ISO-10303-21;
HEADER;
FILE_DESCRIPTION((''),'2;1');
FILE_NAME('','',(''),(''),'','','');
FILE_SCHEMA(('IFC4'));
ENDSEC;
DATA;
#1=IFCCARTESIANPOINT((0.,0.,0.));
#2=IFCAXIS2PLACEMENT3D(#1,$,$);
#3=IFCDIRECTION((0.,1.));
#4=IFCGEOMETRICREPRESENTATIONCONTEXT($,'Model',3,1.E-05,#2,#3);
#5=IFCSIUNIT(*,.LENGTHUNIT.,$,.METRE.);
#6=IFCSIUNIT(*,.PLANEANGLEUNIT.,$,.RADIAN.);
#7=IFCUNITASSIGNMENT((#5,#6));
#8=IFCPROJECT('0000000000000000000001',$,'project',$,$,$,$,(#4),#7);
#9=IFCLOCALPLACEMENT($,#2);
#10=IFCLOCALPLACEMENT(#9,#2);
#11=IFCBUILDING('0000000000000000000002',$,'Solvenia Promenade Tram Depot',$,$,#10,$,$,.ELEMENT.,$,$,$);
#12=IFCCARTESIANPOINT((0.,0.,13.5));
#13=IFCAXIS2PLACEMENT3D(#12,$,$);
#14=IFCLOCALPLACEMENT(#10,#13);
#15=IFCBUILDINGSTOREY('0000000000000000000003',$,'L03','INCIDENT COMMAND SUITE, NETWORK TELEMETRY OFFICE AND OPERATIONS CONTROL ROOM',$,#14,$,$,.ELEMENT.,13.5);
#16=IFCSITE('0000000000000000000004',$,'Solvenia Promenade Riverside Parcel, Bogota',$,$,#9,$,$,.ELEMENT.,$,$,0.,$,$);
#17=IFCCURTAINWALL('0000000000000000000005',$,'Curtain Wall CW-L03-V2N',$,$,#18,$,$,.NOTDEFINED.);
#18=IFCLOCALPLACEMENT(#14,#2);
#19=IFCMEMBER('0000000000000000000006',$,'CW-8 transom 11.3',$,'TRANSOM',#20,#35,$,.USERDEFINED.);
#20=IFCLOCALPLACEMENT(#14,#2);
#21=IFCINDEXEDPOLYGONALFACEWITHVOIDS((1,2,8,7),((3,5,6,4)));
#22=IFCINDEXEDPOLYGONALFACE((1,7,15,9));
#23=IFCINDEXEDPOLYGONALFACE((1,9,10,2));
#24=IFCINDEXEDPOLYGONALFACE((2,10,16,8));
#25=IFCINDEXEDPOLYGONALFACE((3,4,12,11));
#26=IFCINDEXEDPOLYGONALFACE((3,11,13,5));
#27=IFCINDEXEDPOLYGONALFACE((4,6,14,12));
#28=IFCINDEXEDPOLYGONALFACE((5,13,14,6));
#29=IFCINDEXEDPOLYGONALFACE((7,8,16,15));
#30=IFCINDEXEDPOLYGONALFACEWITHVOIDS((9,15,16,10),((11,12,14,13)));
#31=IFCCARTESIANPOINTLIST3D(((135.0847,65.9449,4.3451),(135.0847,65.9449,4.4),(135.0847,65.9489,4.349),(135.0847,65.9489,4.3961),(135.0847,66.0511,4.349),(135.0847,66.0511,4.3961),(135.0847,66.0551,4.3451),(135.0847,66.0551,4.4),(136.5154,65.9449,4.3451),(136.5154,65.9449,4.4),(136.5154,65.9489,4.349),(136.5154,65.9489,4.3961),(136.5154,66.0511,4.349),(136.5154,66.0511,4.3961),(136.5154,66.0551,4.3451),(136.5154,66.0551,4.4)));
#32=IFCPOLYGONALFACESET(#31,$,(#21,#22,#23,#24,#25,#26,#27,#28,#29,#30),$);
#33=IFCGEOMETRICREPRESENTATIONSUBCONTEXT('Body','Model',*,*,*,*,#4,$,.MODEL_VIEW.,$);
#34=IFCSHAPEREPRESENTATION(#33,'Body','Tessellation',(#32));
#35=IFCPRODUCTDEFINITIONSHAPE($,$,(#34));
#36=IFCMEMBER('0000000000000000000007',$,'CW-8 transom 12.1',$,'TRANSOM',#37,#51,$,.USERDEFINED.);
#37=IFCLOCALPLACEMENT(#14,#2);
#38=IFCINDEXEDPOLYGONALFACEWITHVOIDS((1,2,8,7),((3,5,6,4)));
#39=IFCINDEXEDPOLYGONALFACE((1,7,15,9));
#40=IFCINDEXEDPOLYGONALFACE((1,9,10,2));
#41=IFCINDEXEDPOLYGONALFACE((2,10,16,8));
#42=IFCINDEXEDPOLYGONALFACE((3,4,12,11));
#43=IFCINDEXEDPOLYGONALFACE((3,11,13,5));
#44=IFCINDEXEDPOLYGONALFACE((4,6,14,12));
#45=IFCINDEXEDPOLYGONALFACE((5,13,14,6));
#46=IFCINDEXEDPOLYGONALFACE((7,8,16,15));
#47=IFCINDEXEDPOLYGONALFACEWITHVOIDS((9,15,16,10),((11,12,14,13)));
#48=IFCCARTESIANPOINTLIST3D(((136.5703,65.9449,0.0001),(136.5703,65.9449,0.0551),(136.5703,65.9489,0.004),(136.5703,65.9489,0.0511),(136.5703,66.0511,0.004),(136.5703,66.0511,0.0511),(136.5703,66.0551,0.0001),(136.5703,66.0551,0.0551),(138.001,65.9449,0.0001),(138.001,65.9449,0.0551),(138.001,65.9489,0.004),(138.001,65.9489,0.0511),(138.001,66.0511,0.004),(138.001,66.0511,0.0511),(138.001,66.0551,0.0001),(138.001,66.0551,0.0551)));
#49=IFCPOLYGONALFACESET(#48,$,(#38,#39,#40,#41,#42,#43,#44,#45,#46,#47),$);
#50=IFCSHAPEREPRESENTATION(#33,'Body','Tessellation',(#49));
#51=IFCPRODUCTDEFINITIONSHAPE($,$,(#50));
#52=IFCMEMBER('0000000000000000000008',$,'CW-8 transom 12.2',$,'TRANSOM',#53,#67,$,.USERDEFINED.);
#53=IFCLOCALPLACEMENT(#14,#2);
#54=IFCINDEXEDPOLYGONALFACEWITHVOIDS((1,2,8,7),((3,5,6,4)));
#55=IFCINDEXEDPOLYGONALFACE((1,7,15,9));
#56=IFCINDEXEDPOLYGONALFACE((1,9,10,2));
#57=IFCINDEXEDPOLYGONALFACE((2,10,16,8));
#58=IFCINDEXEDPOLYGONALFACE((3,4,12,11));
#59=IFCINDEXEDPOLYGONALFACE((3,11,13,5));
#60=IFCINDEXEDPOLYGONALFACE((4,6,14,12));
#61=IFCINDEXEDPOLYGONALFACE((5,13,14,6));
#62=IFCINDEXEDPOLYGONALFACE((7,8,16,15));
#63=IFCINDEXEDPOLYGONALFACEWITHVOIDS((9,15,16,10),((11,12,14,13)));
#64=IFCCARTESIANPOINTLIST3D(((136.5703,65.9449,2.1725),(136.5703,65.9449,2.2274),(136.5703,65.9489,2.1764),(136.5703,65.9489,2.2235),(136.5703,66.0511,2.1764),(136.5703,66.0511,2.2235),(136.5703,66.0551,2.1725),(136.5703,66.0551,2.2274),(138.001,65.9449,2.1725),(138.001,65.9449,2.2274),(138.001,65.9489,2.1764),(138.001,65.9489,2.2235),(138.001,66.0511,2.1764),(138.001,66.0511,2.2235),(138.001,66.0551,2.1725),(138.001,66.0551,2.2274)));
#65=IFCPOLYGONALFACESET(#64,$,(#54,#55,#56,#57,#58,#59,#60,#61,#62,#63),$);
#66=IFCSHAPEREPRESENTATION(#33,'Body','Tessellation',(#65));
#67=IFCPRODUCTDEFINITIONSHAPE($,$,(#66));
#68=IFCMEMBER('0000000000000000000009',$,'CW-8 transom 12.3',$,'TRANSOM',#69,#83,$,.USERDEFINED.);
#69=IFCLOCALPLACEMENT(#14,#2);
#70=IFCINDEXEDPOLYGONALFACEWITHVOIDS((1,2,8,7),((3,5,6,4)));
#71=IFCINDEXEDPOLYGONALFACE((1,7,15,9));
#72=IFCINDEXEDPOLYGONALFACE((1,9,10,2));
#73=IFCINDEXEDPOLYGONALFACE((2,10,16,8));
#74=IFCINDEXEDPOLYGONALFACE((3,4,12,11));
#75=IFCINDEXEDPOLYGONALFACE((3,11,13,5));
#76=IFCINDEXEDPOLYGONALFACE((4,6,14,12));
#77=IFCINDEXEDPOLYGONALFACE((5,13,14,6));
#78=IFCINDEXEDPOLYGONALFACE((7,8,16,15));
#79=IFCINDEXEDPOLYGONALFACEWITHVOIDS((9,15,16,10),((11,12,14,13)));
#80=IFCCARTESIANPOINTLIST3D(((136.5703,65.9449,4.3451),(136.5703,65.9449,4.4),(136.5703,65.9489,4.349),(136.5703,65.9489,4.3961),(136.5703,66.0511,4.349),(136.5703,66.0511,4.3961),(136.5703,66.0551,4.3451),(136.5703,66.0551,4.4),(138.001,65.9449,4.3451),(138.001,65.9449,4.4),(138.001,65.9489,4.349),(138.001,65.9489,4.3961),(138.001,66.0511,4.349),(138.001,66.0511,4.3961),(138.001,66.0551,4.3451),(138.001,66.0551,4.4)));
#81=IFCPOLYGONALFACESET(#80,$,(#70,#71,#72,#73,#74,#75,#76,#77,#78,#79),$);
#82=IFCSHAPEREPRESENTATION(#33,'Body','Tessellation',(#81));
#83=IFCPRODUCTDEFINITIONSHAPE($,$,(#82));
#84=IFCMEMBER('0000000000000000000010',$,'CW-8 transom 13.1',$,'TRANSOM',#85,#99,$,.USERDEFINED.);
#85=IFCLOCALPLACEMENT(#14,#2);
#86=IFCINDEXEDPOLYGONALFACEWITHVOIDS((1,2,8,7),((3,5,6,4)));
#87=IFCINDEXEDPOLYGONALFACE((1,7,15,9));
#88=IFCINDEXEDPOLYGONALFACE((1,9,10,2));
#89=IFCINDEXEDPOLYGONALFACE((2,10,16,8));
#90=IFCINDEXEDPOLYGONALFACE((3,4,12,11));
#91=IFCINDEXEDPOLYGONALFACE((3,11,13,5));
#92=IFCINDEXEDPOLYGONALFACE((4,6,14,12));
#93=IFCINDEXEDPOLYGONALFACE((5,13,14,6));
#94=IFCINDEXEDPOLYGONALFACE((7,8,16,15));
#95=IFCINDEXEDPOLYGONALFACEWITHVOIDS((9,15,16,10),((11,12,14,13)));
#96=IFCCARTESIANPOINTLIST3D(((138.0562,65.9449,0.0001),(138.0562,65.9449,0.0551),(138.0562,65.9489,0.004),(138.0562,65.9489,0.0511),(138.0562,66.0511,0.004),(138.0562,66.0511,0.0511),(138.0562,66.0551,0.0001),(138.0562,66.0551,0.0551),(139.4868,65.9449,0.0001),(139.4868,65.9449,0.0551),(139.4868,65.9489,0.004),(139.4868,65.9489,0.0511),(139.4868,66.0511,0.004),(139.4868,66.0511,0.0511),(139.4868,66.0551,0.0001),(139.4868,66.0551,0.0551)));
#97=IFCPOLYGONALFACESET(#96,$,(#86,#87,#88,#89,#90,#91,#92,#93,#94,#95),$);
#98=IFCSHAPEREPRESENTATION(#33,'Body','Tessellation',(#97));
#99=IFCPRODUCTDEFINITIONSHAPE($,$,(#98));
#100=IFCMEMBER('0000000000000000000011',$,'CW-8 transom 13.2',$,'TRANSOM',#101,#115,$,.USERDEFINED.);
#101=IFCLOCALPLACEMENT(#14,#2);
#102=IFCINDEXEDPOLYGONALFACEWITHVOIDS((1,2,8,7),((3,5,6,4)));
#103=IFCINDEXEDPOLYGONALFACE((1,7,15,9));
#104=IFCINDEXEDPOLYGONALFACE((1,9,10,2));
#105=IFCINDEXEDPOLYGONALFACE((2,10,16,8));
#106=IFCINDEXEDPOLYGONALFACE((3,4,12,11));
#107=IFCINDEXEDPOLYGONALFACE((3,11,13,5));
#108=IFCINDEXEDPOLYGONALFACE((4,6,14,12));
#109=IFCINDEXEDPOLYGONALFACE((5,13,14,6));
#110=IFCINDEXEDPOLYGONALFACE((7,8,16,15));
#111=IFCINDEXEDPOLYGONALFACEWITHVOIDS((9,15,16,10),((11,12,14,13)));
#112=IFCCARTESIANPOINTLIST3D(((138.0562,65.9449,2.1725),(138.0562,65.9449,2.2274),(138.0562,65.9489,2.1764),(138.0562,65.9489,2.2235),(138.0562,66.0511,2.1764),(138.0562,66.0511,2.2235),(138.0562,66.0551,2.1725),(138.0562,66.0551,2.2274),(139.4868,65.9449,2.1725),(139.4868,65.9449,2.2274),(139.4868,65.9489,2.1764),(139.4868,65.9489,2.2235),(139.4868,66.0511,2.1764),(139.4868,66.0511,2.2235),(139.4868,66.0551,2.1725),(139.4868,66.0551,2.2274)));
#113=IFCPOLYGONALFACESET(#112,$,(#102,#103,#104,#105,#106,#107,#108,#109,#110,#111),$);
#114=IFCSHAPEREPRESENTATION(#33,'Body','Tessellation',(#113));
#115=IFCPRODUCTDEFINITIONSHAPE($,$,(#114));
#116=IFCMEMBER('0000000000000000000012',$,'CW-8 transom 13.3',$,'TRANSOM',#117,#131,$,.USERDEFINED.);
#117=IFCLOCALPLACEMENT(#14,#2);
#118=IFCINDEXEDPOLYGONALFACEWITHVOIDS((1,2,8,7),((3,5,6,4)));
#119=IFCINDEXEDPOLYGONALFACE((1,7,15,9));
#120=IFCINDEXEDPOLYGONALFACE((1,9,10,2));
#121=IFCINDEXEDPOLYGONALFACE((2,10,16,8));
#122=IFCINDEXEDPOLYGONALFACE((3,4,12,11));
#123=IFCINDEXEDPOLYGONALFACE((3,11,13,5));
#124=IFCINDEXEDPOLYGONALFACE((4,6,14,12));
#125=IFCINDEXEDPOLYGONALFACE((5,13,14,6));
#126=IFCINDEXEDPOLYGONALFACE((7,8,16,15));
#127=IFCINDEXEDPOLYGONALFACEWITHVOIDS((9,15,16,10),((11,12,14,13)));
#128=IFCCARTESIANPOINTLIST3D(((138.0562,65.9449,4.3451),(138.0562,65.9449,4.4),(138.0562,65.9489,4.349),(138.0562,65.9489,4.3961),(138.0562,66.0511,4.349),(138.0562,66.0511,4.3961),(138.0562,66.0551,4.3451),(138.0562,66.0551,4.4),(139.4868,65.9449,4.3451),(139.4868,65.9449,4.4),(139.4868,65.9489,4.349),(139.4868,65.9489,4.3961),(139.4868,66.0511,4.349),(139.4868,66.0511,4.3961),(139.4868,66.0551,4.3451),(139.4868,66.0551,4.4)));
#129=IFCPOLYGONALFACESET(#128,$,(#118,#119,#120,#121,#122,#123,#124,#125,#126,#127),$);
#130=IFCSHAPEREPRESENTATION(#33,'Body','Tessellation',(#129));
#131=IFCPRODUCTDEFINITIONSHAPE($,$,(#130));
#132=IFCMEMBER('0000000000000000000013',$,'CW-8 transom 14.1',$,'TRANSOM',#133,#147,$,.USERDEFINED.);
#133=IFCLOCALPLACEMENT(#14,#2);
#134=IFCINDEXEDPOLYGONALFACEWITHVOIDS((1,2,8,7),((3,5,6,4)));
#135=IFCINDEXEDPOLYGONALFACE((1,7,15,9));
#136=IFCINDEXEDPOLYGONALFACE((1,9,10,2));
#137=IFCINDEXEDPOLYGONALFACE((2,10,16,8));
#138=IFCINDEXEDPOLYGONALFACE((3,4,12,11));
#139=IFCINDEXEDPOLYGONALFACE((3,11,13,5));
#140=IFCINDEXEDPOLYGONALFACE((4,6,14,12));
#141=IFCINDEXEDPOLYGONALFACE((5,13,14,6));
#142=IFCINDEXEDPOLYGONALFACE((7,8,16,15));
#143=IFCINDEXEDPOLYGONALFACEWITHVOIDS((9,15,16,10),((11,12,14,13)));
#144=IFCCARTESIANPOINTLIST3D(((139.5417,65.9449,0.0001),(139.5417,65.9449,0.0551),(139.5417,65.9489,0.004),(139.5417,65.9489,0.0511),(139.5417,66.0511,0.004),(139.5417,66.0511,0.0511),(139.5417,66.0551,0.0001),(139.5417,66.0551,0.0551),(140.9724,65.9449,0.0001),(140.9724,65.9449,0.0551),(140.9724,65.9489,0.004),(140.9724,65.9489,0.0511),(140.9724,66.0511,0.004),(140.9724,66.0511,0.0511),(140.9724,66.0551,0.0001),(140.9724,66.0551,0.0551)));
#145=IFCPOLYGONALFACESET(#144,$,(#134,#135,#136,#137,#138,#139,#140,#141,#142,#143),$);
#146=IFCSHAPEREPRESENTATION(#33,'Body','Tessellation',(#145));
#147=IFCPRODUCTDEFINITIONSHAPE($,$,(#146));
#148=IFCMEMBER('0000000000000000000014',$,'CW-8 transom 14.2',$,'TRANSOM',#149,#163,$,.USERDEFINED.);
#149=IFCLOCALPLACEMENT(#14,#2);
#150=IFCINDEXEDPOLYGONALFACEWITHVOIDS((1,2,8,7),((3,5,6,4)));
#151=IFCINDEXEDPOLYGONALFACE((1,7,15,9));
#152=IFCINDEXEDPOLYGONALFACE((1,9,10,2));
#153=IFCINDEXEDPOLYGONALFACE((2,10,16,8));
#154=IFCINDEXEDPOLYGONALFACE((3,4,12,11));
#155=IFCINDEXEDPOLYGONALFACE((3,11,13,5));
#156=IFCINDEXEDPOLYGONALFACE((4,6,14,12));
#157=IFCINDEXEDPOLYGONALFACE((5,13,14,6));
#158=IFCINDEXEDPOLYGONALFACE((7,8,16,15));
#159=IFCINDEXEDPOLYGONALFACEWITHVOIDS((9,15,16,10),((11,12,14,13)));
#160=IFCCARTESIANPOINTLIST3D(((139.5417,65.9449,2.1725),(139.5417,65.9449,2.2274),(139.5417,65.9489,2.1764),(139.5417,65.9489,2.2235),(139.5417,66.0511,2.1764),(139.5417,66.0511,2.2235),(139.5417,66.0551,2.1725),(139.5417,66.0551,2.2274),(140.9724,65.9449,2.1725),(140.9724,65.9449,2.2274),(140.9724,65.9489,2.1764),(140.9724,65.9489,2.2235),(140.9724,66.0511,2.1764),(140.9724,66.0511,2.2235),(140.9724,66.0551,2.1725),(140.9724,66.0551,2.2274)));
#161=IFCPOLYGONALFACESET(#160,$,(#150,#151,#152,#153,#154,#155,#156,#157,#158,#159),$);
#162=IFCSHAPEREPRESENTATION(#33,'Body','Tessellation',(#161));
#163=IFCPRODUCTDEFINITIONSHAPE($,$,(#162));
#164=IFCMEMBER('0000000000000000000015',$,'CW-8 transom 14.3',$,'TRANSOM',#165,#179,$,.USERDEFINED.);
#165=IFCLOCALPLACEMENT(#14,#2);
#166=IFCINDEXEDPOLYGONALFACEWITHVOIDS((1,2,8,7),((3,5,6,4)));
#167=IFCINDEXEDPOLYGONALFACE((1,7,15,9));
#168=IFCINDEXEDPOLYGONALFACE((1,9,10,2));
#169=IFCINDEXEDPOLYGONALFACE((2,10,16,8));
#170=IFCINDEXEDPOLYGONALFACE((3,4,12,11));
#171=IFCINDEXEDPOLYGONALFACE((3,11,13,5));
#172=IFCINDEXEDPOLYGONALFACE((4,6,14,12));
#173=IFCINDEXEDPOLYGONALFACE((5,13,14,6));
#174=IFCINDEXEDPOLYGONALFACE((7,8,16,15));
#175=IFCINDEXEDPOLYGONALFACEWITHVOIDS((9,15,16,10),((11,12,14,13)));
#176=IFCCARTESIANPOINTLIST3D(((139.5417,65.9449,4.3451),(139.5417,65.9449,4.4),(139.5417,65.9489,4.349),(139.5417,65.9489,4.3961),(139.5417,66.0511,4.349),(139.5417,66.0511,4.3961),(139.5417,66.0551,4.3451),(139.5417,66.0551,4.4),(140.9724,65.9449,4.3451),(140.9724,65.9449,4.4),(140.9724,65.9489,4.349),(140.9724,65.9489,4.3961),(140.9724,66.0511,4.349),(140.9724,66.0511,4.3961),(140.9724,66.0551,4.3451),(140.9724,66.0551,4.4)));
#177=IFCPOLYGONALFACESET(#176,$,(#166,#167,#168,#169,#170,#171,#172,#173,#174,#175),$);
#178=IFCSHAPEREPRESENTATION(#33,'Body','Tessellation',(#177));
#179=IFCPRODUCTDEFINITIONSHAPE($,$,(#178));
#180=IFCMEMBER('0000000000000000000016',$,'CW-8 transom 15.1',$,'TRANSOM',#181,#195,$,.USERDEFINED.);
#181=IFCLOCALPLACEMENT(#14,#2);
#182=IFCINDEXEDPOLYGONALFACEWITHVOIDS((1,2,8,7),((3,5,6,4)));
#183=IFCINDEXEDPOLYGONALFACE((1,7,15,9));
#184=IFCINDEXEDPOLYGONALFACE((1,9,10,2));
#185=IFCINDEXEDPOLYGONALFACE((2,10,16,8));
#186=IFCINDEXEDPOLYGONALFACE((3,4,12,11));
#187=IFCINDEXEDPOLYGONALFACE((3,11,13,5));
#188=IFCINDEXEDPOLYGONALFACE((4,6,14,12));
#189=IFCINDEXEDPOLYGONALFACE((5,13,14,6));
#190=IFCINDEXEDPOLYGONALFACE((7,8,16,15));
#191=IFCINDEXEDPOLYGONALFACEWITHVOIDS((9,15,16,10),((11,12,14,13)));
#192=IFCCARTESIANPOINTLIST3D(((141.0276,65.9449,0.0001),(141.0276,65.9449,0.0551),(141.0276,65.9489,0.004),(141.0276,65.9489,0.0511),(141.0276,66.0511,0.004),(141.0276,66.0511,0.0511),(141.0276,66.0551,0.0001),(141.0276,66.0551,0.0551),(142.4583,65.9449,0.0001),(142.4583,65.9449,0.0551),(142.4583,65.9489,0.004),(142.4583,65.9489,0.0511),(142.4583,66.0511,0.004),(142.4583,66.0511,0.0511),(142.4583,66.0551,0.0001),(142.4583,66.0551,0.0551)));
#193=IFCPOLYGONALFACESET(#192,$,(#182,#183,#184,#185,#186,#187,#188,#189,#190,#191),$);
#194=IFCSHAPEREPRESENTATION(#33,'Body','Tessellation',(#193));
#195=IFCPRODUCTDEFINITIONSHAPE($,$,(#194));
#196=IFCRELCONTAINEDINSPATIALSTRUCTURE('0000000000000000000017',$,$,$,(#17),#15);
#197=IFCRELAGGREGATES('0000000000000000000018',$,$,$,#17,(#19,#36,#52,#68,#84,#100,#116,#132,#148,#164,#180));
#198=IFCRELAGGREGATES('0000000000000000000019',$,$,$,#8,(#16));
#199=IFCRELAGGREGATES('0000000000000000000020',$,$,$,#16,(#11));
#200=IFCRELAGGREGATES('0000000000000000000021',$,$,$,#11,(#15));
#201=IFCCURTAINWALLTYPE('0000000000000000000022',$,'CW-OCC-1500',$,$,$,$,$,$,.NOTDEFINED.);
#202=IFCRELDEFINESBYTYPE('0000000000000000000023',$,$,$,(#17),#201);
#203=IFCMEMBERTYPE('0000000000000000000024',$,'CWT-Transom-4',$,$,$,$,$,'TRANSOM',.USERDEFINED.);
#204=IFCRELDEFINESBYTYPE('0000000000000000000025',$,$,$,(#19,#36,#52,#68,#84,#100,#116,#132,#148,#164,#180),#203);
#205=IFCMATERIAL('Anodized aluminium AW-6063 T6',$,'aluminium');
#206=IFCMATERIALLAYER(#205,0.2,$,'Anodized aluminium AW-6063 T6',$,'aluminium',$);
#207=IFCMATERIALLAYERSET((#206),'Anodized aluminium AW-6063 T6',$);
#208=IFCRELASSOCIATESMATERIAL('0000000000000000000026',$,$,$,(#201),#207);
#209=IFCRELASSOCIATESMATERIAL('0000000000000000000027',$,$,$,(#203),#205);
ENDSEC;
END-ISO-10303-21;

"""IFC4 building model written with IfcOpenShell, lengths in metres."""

from ifc_helpers import new_model, si_unit, direction, frame, origin, origin_2d, place, context, subcontext, project, spatial, hollow_rectangle, extrude, material, layer, layer_set, material_profile, profile_set, type_object, element, aggregate, save


model = new_model("IFC4")

# Units and contexts
model_context = context("Model", 3, precision=1e-05, world=origin(), true_north=direction((0.0, 1.0)))
body_context = subcontext(model_context, "Body", "Model", "MODEL_VIEW")
ifc_project = project(units=[si_unit("LENGTHUNIT", "METRE"), si_unit("PLANEANGLEUNIT", "RADIAN")], contexts=[model_context])

# Site, building, storey
site_placement = place(None, origin())
site = spatial("IfcSite", under=ifc_project, at=site_placement, Name="Solvenia Promenade Riverside Parcel, Bogota", CompositionType="ELEMENT", RefElevation=0.0)
building_placement = place(site_placement, origin())
building = spatial("IfcBuilding", under=site, at=building_placement, Name="Solvenia Promenade Tram Depot", CompositionType="ELEMENT")
storey_placement = place(building_placement, frame((0.0, 0.0, 13.5)))
storey = spatial("IfcBuildingStorey", under=building, at=storey_placement, Name="L03", Description="INCIDENT COMMAND SUITE, NETWORK TELEMETRY OFFICE AND OPERATIONS CONTROL ROOM", CompositionType="ELEMENT", Elevation=13.5)

# Curtain wall, members
ifc_material_1 = material(Name="Anodized aluminium AW-6063 T6", Category="aluminium")
ifc_layer_1 = layer(ifc_material_1, 0.2, Name="Anodized aluminium AW-6063 T6", Category="aluminium")
ifc_layer_set_1 = layer_set([ifc_layer_1], Name="Anodized aluminium AW-6063 T6")
curtain_wall_type = type_object("IfcCurtainWallType", Name="CW-OCC-1500", PredefinedType="NOTDEFINED", material=ifc_layer_set_1)
curtain_wall_placement = place(storey_placement, origin())
curtain_wall = element("IfcCurtainWall", 1, at=curtain_wall_placement, inside=storey, type_object=curtain_wall_type, Name="Curtain Wall CW-L03-V2N", PredefinedType="NOTDEFINED")
ifc_material_profile_1 = material_profile(ifc_material_1, hollow_rectangle(XDim=0.1101, YDim=0.0549, WallThickness=0.0039, at=origin_2d()), Name="ALU-T4", Category="aluminium")
ifc_profile_set_1 = profile_set([ifc_material_profile_1], Name="Anodized aluminium AW-6063 T6")
member_type_1 = type_object("IfcMemberType", Name="CWT-Transom-4", ElementType="TRANSOM", PredefinedType="USERDEFINED", material=ifc_profile_set_1)
member_1_placement = place(storey_placement, frame((135.0847, 66.0, 4.3726), z_axis=(1.0, 0.0, 0.0), x_axis=(0.0, 1.0, 0.0)))
member_1 = element("IfcMember", 2, at=member_1_placement, type_object=member_type_1, Name="CW-8 transom 11.3", ObjectType="TRANSOM", PredefinedType="USERDEFINED", context=body_context, shape_type="SweptSolid", body=[
    extrude(hollow_rectangle(XDim=0.1101, YDim=0.0549, WallThickness=0.0039, at=origin_2d()), origin(), (0.0, 0.0, 1.0), 1.4307),
])
member_2_placement = place(storey_placement, frame((136.5703, 66.0, 0.0276), z_axis=(1.0, 0.0, 0.0), x_axis=(0.0, 1.0, 0.0)))
member_2 = element("IfcMember", 3, at=member_2_placement, type_object=member_type_1, Name="CW-8 transom 12.1", ObjectType="TRANSOM", PredefinedType="USERDEFINED", context=body_context, shape_type="SweptSolid", body=[
    extrude(hollow_rectangle(XDim=0.1101, YDim=0.0549, WallThickness=0.0039, at=origin_2d()), origin(), (0.0, 0.0, 1.0), 1.4307),
])
member_3_placement = place(storey_placement, frame((136.5703, 66.0, 2.2), z_axis=(1.0, 0.0, 0.0), x_axis=(0.0, 1.0, 0.0)))
member_3 = element("IfcMember", 4, at=member_3_placement, type_object=member_type_1, Name="CW-8 transom 12.2", ObjectType="TRANSOM", PredefinedType="USERDEFINED", context=body_context, shape_type="SweptSolid", body=[
    extrude(hollow_rectangle(XDim=0.1101, YDim=0.0549, WallThickness=0.0039, at=origin_2d()), origin(), (0.0, 0.0, 1.0), 1.4307),
])
member_4_placement = place(storey_placement, frame((136.5703, 66.0, 4.3726), z_axis=(1.0, 0.0, 0.0), x_axis=(0.0, 1.0, 0.0)))
member_4 = element("IfcMember", 5, at=member_4_placement, type_object=member_type_1, Name="CW-8 transom 12.3", ObjectType="TRANSOM", PredefinedType="USERDEFINED", context=body_context, shape_type="SweptSolid", body=[
    extrude(hollow_rectangle(XDim=0.1101, YDim=0.0549, WallThickness=0.0039, at=origin_2d()), origin(), (0.0, 0.0, 1.0), 1.4307),
])
member_5_placement = place(storey_placement, frame((138.0562, 66.0, 0.0276), z_axis=(1.0, 0.0, 0.0), x_axis=(0.0, 1.0, 0.0)))
member_5 = element("IfcMember", 6, at=member_5_placement, type_object=member_type_1, Name="CW-8 transom 13.1", ObjectType="TRANSOM", PredefinedType="USERDEFINED", context=body_context, shape_type="SweptSolid", body=[
    extrude(hollow_rectangle(XDim=0.1101, YDim=0.0549, WallThickness=0.0039, at=origin_2d()), origin(), (0.0, 0.0, 1.0), 1.4307),
])
member_6_placement = place(storey_placement, frame((138.0562, 66.0, 2.2), z_axis=(1.0, 0.0, 0.0), x_axis=(0.0, 1.0, 0.0)))
member_6 = element("IfcMember", 7, at=member_6_placement, type_object=member_type_1, Name="CW-8 transom 13.2", ObjectType="TRANSOM", PredefinedType="USERDEFINED", context=body_context, shape_type="SweptSolid", body=[
    extrude(hollow_rectangle(XDim=0.1101, YDim=0.0549, WallThickness=0.0039, at=origin_2d()), origin(), (0.0, 0.0, 1.0), 1.4307),
])
member_7_placement = place(storey_placement, frame((138.0562, 66.0, 4.3726), z_axis=(1.0, 0.0, 0.0), x_axis=(0.0, 1.0, 0.0)))
member_7 = element("IfcMember", 8, at=member_7_placement, type_object=member_type_1, Name="CW-8 transom 13.3", ObjectType="TRANSOM", PredefinedType="USERDEFINED", context=body_context, shape_type="SweptSolid", body=[
    extrude(hollow_rectangle(XDim=0.1101, YDim=0.0549, WallThickness=0.0039, at=origin_2d()), origin(), (0.0, 0.0, 1.0), 1.4307),
])
member_8_placement = place(storey_placement, frame((139.5417, 66.0, 0.0276), z_axis=(1.0, 0.0, 0.0), x_axis=(0.0, 1.0, 0.0)))
member_8 = element("IfcMember", 9, at=member_8_placement, type_object=member_type_1, Name="CW-8 transom 14.1", ObjectType="TRANSOM", PredefinedType="USERDEFINED", context=body_context, shape_type="SweptSolid", body=[
    extrude(hollow_rectangle(XDim=0.1101, YDim=0.0549, WallThickness=0.0039, at=origin_2d()), origin(), (0.0, 0.0, 1.0), 1.4307),
])
member_9_placement = place(storey_placement, frame((139.5417, 66.0, 2.2), z_axis=(1.0, 0.0, 0.0), x_axis=(0.0, 1.0, 0.0)))
member_9 = element("IfcMember", 10, at=member_9_placement, type_object=member_type_1, Name="CW-8 transom 14.2", ObjectType="TRANSOM", PredefinedType="USERDEFINED", context=body_context, shape_type="SweptSolid", body=[
    extrude(hollow_rectangle(XDim=0.1101, YDim=0.0549, WallThickness=0.0039, at=origin_2d()), origin(), (0.0, 0.0, 1.0), 1.4307),
])
member_10_placement = place(storey_placement, frame((139.5417, 66.0, 4.3726), z_axis=(1.0, 0.0, 0.0), x_axis=(0.0, 1.0, 0.0)))
member_10 = element("IfcMember", 11, at=member_10_placement, type_object=member_type_1, Name="CW-8 transom 14.3", ObjectType="TRANSOM", PredefinedType="USERDEFINED", context=body_context, shape_type="SweptSolid", body=[
    extrude(hollow_rectangle(XDim=0.1101, YDim=0.0549, WallThickness=0.0039, at=origin_2d()), origin(), (0.0, 0.0, 1.0), 1.4307),
])
member_11_placement = place(storey_placement, frame((141.0276, 66.0, 0.0276), z_axis=(1.0, 0.0, 0.0), x_axis=(0.0, 1.0, 0.0)))
member_11 = element("IfcMember", 12, at=member_11_placement, type_object=member_type_1, Name="CW-8 transom 15.1", ObjectType="TRANSOM", PredefinedType="USERDEFINED", context=body_context, shape_type="SweptSolid", body=[
    extrude(hollow_rectangle(XDim=0.1101, YDim=0.0549, WallThickness=0.0039, at=origin_2d()), origin(), (0.0, 0.0, 1.0), 1.4307),
])

aggregate(curtain_wall, [member_1, member_2, member_3, member_4, member_5, member_6, member_7, member_8, member_9, member_10, member_11])

save(model, "model.ifc")
